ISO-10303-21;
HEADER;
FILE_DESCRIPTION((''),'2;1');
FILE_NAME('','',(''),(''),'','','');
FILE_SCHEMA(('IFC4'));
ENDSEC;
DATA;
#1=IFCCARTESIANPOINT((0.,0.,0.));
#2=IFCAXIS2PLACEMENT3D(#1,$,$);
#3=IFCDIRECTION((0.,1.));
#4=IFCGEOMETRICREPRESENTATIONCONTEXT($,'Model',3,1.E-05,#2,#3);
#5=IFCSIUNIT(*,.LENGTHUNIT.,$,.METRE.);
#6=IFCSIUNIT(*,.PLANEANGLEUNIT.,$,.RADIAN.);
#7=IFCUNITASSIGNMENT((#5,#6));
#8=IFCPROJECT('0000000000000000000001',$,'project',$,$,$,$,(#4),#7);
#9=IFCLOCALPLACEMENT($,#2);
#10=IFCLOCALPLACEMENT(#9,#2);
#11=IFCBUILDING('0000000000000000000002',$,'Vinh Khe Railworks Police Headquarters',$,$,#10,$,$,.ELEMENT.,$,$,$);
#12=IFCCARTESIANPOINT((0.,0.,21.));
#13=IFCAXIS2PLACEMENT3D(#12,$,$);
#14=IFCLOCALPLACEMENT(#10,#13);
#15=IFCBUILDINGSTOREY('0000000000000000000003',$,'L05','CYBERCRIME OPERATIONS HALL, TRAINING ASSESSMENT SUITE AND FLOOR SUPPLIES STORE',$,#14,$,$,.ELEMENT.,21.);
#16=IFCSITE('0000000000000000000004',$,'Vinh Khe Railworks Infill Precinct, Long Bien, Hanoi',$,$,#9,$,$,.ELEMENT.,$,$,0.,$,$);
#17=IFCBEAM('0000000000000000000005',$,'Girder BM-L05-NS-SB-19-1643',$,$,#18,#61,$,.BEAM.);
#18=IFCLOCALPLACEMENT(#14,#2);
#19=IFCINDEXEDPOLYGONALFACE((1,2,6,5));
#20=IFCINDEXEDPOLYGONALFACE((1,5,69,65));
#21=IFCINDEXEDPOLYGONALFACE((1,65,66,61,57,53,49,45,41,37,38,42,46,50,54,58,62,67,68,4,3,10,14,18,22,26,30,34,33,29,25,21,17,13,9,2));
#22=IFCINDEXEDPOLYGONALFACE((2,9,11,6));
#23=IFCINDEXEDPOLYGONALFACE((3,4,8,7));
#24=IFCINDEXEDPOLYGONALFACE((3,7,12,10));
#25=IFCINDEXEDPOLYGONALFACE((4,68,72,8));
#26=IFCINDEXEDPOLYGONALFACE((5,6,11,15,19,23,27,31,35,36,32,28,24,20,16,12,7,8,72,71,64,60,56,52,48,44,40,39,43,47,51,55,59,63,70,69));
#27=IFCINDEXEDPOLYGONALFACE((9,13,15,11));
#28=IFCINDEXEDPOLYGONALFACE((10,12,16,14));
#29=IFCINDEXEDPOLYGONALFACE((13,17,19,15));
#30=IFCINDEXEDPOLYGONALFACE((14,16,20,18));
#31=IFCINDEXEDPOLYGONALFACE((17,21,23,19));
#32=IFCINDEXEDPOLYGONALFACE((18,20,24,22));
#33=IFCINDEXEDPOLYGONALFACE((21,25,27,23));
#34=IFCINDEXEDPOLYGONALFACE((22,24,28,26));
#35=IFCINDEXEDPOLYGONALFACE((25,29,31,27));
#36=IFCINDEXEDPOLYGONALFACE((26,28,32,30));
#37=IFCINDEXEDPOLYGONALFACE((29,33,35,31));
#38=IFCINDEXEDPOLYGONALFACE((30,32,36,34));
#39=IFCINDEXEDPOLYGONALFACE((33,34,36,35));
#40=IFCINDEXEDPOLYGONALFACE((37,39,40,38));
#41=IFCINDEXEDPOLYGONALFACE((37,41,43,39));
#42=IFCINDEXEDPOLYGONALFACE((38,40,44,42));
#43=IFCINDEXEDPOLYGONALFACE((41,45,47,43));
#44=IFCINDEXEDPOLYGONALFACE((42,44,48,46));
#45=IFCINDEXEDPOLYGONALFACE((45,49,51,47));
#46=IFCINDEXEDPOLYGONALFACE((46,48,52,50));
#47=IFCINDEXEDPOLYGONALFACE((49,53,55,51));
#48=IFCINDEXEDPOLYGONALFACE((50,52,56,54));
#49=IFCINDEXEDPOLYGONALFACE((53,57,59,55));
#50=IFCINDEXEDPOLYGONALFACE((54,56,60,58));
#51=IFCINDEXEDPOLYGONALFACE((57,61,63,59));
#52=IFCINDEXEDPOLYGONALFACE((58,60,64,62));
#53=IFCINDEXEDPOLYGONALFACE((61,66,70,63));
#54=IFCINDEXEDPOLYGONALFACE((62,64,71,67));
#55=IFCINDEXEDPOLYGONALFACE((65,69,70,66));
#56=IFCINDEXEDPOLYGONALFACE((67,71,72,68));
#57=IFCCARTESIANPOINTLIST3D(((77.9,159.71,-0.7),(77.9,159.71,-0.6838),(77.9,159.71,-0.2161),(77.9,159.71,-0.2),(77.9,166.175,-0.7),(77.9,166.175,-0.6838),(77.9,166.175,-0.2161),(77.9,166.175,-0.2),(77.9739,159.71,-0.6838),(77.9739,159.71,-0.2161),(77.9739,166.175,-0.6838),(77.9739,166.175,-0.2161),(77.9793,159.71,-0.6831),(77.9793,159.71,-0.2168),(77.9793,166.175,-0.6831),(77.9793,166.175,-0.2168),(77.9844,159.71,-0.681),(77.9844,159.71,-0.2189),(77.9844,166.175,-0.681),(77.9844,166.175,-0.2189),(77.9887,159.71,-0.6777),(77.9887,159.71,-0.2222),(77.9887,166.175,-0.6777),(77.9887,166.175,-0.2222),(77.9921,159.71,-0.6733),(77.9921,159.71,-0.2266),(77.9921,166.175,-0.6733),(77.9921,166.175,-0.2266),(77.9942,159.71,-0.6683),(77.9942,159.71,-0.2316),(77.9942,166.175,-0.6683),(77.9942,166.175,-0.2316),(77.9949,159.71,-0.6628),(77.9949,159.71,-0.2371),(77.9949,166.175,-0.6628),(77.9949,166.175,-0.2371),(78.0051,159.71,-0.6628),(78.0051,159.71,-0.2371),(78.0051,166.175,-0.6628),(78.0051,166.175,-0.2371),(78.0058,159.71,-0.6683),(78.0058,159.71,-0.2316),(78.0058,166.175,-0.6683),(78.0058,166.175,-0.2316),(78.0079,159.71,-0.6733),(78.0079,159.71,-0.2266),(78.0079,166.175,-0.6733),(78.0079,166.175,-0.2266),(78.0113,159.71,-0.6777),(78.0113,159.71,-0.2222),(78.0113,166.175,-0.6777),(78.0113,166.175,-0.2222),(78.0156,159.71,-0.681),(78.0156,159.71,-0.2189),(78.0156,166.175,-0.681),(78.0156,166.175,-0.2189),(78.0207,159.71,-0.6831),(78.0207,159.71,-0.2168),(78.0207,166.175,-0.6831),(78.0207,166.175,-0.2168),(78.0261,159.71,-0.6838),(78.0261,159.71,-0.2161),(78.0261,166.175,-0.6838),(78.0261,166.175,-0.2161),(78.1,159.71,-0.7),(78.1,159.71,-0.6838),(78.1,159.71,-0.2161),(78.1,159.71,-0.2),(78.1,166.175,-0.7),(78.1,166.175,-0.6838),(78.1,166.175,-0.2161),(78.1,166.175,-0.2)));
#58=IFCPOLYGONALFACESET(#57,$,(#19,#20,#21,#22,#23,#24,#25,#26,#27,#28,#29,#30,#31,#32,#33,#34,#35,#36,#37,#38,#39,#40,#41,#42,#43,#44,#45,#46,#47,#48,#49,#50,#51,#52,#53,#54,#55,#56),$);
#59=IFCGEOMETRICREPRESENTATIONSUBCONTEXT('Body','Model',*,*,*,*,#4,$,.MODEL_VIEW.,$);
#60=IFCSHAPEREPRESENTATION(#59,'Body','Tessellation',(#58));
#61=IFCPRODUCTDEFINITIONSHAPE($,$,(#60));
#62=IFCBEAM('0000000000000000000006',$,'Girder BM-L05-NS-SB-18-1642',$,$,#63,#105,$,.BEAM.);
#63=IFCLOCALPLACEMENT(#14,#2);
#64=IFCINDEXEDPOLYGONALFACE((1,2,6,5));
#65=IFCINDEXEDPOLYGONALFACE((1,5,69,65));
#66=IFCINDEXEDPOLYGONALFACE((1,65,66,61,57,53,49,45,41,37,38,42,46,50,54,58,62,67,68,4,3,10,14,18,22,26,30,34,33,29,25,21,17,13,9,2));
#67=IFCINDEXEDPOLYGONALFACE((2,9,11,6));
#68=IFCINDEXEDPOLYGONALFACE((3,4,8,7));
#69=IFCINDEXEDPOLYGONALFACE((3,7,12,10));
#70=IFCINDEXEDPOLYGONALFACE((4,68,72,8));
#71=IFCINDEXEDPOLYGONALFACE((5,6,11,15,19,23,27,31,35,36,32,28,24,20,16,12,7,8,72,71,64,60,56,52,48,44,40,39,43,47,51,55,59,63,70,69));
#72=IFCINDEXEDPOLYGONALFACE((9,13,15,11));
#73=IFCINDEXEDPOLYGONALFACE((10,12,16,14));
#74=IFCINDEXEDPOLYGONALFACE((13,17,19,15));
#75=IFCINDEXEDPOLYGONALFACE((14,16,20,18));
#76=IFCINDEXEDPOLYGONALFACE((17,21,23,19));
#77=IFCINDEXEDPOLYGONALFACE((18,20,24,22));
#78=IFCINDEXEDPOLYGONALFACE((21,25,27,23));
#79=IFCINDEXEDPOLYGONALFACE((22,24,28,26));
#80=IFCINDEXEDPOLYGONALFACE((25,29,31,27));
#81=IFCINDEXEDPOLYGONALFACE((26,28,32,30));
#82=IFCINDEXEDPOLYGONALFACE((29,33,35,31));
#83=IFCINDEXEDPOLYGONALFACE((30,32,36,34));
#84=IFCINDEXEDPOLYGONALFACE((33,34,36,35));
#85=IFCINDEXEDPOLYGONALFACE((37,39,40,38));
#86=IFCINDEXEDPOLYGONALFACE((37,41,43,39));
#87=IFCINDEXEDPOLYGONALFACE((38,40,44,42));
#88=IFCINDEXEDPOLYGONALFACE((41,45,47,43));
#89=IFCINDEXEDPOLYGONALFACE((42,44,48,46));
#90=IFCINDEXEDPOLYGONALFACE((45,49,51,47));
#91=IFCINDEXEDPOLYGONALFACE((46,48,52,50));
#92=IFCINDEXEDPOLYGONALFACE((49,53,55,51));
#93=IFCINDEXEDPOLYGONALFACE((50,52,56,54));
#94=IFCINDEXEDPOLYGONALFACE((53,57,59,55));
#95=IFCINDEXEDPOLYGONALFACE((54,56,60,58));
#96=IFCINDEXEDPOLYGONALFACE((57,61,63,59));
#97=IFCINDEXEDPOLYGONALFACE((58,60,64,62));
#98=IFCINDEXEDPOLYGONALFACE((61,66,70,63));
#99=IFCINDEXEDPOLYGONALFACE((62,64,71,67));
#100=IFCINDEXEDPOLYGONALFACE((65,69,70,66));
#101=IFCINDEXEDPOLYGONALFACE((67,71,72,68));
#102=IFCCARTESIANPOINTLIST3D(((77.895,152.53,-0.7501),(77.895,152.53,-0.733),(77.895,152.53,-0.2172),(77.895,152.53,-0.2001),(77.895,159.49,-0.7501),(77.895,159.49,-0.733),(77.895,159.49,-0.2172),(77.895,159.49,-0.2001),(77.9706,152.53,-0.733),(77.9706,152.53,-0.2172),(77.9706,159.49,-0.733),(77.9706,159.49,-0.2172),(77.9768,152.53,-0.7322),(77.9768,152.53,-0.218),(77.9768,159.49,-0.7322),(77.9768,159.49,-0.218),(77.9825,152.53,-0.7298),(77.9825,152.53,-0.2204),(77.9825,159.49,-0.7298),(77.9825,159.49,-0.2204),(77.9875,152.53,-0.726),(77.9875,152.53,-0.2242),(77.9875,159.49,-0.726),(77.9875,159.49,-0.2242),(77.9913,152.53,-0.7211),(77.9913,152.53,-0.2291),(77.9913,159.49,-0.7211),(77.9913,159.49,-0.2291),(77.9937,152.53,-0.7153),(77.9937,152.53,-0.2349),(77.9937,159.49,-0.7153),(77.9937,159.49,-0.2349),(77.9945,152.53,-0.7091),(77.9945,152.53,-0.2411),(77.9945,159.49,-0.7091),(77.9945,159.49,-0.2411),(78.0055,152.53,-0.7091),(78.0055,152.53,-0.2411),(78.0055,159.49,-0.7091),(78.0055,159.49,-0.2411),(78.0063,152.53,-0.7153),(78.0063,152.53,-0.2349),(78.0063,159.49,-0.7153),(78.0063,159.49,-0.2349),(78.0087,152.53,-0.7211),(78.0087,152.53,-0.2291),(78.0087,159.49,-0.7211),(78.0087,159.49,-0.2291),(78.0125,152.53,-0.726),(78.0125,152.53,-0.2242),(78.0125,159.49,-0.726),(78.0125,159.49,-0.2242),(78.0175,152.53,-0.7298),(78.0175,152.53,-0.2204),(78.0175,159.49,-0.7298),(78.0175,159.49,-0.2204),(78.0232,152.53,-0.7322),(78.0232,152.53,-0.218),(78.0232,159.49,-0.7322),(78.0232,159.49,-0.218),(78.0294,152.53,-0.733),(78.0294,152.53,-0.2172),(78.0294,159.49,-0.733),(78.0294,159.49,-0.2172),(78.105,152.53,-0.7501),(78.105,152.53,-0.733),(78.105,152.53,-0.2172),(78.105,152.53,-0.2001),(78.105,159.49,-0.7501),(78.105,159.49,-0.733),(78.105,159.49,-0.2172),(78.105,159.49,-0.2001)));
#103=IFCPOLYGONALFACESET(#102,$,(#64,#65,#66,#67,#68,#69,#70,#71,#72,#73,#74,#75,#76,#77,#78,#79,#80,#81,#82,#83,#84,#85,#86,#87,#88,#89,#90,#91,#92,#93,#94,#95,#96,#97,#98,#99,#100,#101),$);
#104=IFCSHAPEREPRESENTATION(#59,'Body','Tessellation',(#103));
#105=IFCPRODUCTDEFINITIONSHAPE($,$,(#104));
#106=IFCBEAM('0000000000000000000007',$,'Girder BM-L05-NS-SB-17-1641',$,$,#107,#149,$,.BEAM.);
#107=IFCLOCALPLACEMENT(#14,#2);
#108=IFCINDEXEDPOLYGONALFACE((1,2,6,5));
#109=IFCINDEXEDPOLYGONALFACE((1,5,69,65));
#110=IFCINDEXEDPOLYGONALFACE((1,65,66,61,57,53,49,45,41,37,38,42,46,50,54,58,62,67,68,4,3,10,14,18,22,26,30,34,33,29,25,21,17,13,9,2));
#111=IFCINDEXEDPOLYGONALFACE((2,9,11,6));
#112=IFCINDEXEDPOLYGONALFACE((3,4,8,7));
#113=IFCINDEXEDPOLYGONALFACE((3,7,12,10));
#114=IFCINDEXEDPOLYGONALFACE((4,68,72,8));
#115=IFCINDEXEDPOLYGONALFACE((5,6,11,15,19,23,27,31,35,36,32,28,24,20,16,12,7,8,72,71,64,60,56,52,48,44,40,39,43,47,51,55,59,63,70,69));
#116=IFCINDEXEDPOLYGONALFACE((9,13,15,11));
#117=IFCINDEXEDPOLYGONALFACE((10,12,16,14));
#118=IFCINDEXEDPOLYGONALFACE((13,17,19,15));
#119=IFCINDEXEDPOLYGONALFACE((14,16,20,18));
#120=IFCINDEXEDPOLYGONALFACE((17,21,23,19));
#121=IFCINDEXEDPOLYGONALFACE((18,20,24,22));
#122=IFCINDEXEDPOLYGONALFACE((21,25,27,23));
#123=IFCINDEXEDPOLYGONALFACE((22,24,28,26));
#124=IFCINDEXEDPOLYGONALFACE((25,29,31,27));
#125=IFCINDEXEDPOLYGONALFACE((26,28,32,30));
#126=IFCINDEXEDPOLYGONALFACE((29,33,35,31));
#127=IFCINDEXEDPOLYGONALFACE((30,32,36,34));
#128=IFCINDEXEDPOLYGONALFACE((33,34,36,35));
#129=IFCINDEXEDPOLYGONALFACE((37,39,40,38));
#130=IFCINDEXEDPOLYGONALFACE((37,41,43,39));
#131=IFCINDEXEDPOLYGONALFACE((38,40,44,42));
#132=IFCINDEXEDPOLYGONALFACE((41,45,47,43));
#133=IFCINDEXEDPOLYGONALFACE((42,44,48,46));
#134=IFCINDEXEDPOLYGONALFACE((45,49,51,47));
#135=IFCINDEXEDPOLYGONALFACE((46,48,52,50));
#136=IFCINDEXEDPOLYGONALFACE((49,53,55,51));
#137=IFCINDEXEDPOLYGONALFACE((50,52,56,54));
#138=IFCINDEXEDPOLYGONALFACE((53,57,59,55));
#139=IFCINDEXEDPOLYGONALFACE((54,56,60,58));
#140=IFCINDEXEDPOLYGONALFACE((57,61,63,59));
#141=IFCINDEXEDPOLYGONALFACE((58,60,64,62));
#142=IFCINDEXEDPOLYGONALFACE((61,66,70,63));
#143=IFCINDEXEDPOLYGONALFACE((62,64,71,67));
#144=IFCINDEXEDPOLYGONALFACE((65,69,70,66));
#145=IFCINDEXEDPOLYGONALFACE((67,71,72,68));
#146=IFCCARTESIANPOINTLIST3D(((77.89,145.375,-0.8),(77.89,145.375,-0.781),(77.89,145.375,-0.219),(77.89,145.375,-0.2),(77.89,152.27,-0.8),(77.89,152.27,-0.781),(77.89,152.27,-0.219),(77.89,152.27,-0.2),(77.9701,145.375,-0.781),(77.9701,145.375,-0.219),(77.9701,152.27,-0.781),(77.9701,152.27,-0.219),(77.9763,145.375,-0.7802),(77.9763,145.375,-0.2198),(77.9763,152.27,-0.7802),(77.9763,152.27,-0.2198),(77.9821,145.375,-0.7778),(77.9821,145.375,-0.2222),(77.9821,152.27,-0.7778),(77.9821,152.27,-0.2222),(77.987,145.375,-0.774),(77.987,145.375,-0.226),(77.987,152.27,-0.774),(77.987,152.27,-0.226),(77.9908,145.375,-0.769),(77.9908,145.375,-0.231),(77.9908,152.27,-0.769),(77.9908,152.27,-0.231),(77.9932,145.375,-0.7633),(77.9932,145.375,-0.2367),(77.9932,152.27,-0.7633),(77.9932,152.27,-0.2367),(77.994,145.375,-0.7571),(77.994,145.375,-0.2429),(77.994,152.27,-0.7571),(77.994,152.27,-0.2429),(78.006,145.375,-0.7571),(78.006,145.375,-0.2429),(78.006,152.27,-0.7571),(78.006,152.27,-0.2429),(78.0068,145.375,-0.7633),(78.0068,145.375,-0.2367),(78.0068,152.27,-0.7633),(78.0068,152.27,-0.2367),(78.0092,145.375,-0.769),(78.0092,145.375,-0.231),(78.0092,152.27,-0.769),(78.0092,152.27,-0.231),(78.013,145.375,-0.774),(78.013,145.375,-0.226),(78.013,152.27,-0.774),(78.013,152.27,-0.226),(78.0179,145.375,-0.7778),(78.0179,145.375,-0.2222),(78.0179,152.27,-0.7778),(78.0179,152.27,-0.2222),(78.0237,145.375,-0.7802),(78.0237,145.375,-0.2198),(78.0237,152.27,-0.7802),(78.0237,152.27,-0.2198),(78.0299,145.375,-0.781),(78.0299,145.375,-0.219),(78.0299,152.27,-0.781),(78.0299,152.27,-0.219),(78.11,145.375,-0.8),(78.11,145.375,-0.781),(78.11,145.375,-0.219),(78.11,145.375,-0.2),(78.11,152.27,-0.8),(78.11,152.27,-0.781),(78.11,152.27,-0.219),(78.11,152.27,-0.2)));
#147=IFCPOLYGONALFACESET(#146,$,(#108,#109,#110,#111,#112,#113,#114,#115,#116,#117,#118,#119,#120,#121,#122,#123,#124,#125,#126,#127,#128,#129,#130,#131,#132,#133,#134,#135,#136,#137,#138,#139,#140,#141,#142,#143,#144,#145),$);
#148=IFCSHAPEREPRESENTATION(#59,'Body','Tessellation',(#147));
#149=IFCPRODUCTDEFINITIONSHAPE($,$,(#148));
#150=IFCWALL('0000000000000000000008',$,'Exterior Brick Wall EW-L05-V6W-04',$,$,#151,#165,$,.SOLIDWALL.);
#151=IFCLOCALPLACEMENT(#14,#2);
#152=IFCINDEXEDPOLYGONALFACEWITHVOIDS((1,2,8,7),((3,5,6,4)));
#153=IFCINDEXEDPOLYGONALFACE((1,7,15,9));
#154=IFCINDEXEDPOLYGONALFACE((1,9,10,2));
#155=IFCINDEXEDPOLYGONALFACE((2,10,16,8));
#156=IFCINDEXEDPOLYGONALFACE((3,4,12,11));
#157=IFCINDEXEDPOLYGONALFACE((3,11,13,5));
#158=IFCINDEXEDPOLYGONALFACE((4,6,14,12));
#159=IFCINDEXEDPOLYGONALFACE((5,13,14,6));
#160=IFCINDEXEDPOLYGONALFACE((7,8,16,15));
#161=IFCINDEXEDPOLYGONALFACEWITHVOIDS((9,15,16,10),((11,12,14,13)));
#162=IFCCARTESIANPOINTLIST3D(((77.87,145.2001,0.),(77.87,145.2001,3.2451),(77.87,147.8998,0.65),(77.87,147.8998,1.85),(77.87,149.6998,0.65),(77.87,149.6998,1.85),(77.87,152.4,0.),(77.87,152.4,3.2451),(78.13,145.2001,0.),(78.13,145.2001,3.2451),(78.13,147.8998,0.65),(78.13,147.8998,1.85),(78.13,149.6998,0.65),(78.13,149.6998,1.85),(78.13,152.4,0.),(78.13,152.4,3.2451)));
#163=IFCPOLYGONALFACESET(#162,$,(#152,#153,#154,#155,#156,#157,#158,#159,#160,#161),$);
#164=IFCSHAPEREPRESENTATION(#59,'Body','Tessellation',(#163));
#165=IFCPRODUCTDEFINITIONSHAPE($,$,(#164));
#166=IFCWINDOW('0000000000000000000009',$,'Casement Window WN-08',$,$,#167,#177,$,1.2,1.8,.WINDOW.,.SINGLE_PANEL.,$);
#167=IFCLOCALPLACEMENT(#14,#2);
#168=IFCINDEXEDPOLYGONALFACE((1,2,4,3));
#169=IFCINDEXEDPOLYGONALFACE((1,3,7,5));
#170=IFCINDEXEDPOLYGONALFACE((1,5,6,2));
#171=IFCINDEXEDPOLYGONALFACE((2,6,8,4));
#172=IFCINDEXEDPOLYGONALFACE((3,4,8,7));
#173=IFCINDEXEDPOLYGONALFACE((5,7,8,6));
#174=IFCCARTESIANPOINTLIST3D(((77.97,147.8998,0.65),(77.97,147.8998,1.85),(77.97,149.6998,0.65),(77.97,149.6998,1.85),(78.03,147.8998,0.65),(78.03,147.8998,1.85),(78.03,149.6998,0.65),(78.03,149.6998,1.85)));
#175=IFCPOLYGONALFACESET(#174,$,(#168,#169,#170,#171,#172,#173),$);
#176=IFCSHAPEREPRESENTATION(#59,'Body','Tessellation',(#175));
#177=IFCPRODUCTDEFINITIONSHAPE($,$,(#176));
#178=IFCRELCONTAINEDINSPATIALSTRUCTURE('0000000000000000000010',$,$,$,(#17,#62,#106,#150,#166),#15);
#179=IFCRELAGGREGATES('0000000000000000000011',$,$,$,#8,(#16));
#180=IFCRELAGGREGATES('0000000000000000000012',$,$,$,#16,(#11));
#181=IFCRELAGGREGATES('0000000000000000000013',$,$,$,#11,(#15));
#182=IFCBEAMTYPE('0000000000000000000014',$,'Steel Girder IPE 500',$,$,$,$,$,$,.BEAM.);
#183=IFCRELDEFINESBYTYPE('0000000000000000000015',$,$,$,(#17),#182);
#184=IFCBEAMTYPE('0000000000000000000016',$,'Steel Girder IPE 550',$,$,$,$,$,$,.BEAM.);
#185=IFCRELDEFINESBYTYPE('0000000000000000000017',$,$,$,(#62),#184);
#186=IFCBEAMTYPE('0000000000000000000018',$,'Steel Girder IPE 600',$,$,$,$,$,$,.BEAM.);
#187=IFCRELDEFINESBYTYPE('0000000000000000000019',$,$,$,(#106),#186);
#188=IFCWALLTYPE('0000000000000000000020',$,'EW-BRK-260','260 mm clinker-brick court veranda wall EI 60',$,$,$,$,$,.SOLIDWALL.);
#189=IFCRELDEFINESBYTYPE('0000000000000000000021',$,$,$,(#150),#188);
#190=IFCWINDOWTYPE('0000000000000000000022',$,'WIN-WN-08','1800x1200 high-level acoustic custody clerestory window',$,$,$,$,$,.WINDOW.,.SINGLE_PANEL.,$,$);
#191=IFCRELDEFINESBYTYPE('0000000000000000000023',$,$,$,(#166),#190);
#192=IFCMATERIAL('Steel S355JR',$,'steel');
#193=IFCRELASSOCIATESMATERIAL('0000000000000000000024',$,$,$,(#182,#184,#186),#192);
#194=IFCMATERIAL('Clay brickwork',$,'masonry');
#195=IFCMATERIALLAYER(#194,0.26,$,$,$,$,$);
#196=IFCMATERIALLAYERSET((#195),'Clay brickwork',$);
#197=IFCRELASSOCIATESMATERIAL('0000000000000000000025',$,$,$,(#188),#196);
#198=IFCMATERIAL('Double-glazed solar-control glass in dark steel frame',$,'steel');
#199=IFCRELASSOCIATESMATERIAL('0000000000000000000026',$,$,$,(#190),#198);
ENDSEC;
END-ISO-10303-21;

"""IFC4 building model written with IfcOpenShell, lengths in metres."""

from ifc_helpers import new_model, si_unit, direction, frame, frame_2d, origin, origin_2d, place, context, subcontext, project, spatial, rectangle, i_section, extrude, material, layer, layer_set, material_profile, profile_set, type_object, element, fill, save


model = new_model("IFC4")

# Units and contexts
model_context = context("Model", 3, precision=1e-05, world=origin(), true_north=direction((0.0, 1.0)))
body_context = subcontext(model_context, "Body", "Model", "MODEL_VIEW")
ifc_project = project(units=[si_unit("LENGTHUNIT", "METRE"), si_unit("PLANEANGLEUNIT", "RADIAN")], contexts=[model_context])

# Site, building, storey
site_placement = place(None, origin())
site = spatial("IfcSite", under=ifc_project, at=site_placement, Name="Vinh Khe Railworks Infill Precinct, Long Bien, Hanoi", CompositionType="ELEMENT", RefElevation=0.0)
building_placement = place(site_placement, origin())
building = spatial("IfcBuilding", under=site, at=building_placement, Name="Vinh Khe Railworks Police Headquarters", CompositionType="ELEMENT")
storey_placement = place(building_placement, frame((0.0, 0.0, 21.0)))
storey = spatial("IfcBuildingStorey", under=building, at=storey_placement, Name="L05", Description="CYBERCRIME OPERATIONS HALL, TRAINING ASSESSMENT SUITE AND FLOOR SUPPLIES STORE", CompositionType="ELEMENT", Elevation=21.0)

# Shared definitions
ifc_material_1 = material(Name="Steel S355JR", Category="steel")

# Beams
ifc_material_profile_1 = material_profile(ifc_material_1, i_section(OverallWidth=0.2, OverallDepth=0.5, WebThickness=0.0103, FlangeThickness=0.0161, FilletRadius=0.021, at=origin_2d()), Name="IPE 500")
ifc_profile_set_1 = profile_set([ifc_material_profile_1], Name="Steel S355JR")
beam_type_1 = type_object("IfcBeamType", Name="Steel Girder IPE 500", PredefinedType="BEAM", material=ifc_profile_set_1)
beam_1_placement = place(storey_placement, frame((78.0, 159.71, -0.45), z_axis=(0.0, 1.0, 0.0), x_axis=(-1.0, 0.0, 0.0)))
element("IfcBeam", 1, at=beam_1_placement, inside=storey, type_object=beam_type_1, Name="Girder BM-L05-NS-SB-19-1643", PredefinedType="BEAM", context=body_context, shape_type="SweptSolid", body=[
    extrude(i_section(OverallWidth=0.2, OverallDepth=0.5, WebThickness=0.0103, FlangeThickness=0.0161, FilletRadius=0.021, at=origin_2d()), origin(), (0.0, 0.0, 1.0), 6.4651),
])
ifc_material_profile_2 = material_profile(ifc_material_1, i_section(OverallWidth=0.21, OverallDepth=0.55, WebThickness=0.011, FlangeThickness=0.0171, FilletRadius=0.0239, at=origin_2d()), Name="IPE 550")
ifc_profile_set_2 = profile_set([ifc_material_profile_2], Name="Steel S355JR")
beam_type_2 = type_object("IfcBeamType", Name="Steel Girder IPE 550", PredefinedType="BEAM", material=ifc_profile_set_2)
beam_2_placement = place(storey_placement, frame((78.0, 152.53, -0.4751), z_axis=(0.0, 1.0, 0.0), x_axis=(-1.0, 0.0, 0.0)))
element("IfcBeam", 2, at=beam_2_placement, inside=storey, type_object=beam_type_2, Name="Girder BM-L05-NS-SB-18-1642", PredefinedType="BEAM", context=body_context, shape_type="SweptSolid", body=[
    extrude(i_section(OverallWidth=0.21, OverallDepth=0.55, WebThickness=0.011, FlangeThickness=0.0171, FilletRadius=0.0239, at=origin_2d()), origin(), (0.0, 0.0, 1.0), 6.96),
])
ifc_material_profile_3 = material_profile(ifc_material_1, i_section(OverallWidth=0.22, OverallDepth=0.6001, WebThickness=0.012, FlangeThickness=0.019, FilletRadius=0.0239, at=origin_2d()), Name="IPE 600")
ifc_profile_set_3 = profile_set([ifc_material_profile_3], Name="Steel S355JR")
beam_type_3 = type_object("IfcBeamType", Name="Steel Girder IPE 600", PredefinedType="BEAM", material=ifc_profile_set_3)
beam_3_placement = place(storey_placement, frame((78.0, 145.375, -0.5), z_axis=(0.0, 1.0, 0.0), x_axis=(-1.0, 0.0, 0.0)))
element("IfcBeam", 3, at=beam_3_placement, inside=storey, type_object=beam_type_3, Name="Girder BM-L05-NS-SB-17-1641", PredefinedType="BEAM", context=body_context, shape_type="SweptSolid", body=[
    extrude(i_section(OverallWidth=0.22, OverallDepth=0.6001, WebThickness=0.012, FlangeThickness=0.019, FilletRadius=0.0239, at=origin_2d()), origin(), (0.0, 0.0, 1.0), 6.895),
])

# Wall, opening, window
ifc_material_2 = material(Name="Clay brickwork", Category="masonry")
ifc_layer_1 = layer(ifc_material_2, 0.26)
ifc_layer_set_1 = layer_set([ifc_layer_1], Name="Clay brickwork")
wall_type_1 = type_object("IfcWallType", Name="EW-BRK-260", Description="260 mm clinker-brick court veranda wall EI 60", PredefinedType="SOLIDWALL", material=ifc_layer_set_1)
wall_1_placement = place(storey_placement, frame((78.0, 145.2, 0.0), z_axis=(0.0, 0.0, 1.0), x_axis=(0.0, 1.0, 0.0)))
wall_1 = element("IfcWall", 4, at=wall_1_placement, inside=storey, type_object=wall_type_1, Name="Exterior Brick Wall EW-L05-V6W-04", PredefinedType="SOLIDWALL", context=body_context, shape_type="SweptSolid", body=[
    extrude(rectangle(XDim=7.2, YDim=0.26, at=frame_2d((3.6001, 0.0))), origin(), (0.0, 0.0, 1.0), 3.2451),
])
opening_1_placement = place(wall_1_placement, frame((2.7, 0.0, 0.6499)))
opening_1 = element("IfcOpeningElement", 5, at=opening_1_placement, cuts=wall_1, PredefinedType="OPENING", context=body_context, shape_type="SweptSolid", body=[
    extrude(rectangle(XDim=1.8, YDim=1.2, at=frame_2d((0.8999, 0.6001))), frame((0.0, 0.145, 0.0), z_axis=(0.0, -1.0, 0.0), x_axis=(1.0, 0.0, 0.0)), (0.0, 0.0, 1.0), 0.2898),
])
ifc_material_3 = material(Name="Double-glazed solar-control glass in dark steel frame", Category="steel")
window_type_1 = type_object("IfcWindowType", Name="WIN-WN-08", Description="1800x1200 high-level acoustic custody clerestory window", PartitioningType="SINGLE_PANEL", PredefinedType="WINDOW", material=ifc_material_3)
window_1_placement = place(opening_1_placement, origin())
window_1 = element("IfcWindow", 6, at=window_1_placement, inside=storey, type_object=window_type_1, Name="Casement Window WN-08", OverallHeight=1.2, OverallWidth=1.8, PartitioningType="SINGLE_PANEL", PredefinedType="WINDOW", context=body_context, shape_type="SweptSolid", body=[
    extrude(rectangle(XDim=1.8, YDim=1.2, at=frame_2d((0.8999, 0.6001))), frame((0.0, 0.03, 0.0), z_axis=(0.0, -1.0, 0.0), x_axis=(1.0, 0.0, 0.0)), (0.0, 0.0, 1.0), 0.0601),
])
fill(opening_1, window_1)

save(model, "model.ifc")
